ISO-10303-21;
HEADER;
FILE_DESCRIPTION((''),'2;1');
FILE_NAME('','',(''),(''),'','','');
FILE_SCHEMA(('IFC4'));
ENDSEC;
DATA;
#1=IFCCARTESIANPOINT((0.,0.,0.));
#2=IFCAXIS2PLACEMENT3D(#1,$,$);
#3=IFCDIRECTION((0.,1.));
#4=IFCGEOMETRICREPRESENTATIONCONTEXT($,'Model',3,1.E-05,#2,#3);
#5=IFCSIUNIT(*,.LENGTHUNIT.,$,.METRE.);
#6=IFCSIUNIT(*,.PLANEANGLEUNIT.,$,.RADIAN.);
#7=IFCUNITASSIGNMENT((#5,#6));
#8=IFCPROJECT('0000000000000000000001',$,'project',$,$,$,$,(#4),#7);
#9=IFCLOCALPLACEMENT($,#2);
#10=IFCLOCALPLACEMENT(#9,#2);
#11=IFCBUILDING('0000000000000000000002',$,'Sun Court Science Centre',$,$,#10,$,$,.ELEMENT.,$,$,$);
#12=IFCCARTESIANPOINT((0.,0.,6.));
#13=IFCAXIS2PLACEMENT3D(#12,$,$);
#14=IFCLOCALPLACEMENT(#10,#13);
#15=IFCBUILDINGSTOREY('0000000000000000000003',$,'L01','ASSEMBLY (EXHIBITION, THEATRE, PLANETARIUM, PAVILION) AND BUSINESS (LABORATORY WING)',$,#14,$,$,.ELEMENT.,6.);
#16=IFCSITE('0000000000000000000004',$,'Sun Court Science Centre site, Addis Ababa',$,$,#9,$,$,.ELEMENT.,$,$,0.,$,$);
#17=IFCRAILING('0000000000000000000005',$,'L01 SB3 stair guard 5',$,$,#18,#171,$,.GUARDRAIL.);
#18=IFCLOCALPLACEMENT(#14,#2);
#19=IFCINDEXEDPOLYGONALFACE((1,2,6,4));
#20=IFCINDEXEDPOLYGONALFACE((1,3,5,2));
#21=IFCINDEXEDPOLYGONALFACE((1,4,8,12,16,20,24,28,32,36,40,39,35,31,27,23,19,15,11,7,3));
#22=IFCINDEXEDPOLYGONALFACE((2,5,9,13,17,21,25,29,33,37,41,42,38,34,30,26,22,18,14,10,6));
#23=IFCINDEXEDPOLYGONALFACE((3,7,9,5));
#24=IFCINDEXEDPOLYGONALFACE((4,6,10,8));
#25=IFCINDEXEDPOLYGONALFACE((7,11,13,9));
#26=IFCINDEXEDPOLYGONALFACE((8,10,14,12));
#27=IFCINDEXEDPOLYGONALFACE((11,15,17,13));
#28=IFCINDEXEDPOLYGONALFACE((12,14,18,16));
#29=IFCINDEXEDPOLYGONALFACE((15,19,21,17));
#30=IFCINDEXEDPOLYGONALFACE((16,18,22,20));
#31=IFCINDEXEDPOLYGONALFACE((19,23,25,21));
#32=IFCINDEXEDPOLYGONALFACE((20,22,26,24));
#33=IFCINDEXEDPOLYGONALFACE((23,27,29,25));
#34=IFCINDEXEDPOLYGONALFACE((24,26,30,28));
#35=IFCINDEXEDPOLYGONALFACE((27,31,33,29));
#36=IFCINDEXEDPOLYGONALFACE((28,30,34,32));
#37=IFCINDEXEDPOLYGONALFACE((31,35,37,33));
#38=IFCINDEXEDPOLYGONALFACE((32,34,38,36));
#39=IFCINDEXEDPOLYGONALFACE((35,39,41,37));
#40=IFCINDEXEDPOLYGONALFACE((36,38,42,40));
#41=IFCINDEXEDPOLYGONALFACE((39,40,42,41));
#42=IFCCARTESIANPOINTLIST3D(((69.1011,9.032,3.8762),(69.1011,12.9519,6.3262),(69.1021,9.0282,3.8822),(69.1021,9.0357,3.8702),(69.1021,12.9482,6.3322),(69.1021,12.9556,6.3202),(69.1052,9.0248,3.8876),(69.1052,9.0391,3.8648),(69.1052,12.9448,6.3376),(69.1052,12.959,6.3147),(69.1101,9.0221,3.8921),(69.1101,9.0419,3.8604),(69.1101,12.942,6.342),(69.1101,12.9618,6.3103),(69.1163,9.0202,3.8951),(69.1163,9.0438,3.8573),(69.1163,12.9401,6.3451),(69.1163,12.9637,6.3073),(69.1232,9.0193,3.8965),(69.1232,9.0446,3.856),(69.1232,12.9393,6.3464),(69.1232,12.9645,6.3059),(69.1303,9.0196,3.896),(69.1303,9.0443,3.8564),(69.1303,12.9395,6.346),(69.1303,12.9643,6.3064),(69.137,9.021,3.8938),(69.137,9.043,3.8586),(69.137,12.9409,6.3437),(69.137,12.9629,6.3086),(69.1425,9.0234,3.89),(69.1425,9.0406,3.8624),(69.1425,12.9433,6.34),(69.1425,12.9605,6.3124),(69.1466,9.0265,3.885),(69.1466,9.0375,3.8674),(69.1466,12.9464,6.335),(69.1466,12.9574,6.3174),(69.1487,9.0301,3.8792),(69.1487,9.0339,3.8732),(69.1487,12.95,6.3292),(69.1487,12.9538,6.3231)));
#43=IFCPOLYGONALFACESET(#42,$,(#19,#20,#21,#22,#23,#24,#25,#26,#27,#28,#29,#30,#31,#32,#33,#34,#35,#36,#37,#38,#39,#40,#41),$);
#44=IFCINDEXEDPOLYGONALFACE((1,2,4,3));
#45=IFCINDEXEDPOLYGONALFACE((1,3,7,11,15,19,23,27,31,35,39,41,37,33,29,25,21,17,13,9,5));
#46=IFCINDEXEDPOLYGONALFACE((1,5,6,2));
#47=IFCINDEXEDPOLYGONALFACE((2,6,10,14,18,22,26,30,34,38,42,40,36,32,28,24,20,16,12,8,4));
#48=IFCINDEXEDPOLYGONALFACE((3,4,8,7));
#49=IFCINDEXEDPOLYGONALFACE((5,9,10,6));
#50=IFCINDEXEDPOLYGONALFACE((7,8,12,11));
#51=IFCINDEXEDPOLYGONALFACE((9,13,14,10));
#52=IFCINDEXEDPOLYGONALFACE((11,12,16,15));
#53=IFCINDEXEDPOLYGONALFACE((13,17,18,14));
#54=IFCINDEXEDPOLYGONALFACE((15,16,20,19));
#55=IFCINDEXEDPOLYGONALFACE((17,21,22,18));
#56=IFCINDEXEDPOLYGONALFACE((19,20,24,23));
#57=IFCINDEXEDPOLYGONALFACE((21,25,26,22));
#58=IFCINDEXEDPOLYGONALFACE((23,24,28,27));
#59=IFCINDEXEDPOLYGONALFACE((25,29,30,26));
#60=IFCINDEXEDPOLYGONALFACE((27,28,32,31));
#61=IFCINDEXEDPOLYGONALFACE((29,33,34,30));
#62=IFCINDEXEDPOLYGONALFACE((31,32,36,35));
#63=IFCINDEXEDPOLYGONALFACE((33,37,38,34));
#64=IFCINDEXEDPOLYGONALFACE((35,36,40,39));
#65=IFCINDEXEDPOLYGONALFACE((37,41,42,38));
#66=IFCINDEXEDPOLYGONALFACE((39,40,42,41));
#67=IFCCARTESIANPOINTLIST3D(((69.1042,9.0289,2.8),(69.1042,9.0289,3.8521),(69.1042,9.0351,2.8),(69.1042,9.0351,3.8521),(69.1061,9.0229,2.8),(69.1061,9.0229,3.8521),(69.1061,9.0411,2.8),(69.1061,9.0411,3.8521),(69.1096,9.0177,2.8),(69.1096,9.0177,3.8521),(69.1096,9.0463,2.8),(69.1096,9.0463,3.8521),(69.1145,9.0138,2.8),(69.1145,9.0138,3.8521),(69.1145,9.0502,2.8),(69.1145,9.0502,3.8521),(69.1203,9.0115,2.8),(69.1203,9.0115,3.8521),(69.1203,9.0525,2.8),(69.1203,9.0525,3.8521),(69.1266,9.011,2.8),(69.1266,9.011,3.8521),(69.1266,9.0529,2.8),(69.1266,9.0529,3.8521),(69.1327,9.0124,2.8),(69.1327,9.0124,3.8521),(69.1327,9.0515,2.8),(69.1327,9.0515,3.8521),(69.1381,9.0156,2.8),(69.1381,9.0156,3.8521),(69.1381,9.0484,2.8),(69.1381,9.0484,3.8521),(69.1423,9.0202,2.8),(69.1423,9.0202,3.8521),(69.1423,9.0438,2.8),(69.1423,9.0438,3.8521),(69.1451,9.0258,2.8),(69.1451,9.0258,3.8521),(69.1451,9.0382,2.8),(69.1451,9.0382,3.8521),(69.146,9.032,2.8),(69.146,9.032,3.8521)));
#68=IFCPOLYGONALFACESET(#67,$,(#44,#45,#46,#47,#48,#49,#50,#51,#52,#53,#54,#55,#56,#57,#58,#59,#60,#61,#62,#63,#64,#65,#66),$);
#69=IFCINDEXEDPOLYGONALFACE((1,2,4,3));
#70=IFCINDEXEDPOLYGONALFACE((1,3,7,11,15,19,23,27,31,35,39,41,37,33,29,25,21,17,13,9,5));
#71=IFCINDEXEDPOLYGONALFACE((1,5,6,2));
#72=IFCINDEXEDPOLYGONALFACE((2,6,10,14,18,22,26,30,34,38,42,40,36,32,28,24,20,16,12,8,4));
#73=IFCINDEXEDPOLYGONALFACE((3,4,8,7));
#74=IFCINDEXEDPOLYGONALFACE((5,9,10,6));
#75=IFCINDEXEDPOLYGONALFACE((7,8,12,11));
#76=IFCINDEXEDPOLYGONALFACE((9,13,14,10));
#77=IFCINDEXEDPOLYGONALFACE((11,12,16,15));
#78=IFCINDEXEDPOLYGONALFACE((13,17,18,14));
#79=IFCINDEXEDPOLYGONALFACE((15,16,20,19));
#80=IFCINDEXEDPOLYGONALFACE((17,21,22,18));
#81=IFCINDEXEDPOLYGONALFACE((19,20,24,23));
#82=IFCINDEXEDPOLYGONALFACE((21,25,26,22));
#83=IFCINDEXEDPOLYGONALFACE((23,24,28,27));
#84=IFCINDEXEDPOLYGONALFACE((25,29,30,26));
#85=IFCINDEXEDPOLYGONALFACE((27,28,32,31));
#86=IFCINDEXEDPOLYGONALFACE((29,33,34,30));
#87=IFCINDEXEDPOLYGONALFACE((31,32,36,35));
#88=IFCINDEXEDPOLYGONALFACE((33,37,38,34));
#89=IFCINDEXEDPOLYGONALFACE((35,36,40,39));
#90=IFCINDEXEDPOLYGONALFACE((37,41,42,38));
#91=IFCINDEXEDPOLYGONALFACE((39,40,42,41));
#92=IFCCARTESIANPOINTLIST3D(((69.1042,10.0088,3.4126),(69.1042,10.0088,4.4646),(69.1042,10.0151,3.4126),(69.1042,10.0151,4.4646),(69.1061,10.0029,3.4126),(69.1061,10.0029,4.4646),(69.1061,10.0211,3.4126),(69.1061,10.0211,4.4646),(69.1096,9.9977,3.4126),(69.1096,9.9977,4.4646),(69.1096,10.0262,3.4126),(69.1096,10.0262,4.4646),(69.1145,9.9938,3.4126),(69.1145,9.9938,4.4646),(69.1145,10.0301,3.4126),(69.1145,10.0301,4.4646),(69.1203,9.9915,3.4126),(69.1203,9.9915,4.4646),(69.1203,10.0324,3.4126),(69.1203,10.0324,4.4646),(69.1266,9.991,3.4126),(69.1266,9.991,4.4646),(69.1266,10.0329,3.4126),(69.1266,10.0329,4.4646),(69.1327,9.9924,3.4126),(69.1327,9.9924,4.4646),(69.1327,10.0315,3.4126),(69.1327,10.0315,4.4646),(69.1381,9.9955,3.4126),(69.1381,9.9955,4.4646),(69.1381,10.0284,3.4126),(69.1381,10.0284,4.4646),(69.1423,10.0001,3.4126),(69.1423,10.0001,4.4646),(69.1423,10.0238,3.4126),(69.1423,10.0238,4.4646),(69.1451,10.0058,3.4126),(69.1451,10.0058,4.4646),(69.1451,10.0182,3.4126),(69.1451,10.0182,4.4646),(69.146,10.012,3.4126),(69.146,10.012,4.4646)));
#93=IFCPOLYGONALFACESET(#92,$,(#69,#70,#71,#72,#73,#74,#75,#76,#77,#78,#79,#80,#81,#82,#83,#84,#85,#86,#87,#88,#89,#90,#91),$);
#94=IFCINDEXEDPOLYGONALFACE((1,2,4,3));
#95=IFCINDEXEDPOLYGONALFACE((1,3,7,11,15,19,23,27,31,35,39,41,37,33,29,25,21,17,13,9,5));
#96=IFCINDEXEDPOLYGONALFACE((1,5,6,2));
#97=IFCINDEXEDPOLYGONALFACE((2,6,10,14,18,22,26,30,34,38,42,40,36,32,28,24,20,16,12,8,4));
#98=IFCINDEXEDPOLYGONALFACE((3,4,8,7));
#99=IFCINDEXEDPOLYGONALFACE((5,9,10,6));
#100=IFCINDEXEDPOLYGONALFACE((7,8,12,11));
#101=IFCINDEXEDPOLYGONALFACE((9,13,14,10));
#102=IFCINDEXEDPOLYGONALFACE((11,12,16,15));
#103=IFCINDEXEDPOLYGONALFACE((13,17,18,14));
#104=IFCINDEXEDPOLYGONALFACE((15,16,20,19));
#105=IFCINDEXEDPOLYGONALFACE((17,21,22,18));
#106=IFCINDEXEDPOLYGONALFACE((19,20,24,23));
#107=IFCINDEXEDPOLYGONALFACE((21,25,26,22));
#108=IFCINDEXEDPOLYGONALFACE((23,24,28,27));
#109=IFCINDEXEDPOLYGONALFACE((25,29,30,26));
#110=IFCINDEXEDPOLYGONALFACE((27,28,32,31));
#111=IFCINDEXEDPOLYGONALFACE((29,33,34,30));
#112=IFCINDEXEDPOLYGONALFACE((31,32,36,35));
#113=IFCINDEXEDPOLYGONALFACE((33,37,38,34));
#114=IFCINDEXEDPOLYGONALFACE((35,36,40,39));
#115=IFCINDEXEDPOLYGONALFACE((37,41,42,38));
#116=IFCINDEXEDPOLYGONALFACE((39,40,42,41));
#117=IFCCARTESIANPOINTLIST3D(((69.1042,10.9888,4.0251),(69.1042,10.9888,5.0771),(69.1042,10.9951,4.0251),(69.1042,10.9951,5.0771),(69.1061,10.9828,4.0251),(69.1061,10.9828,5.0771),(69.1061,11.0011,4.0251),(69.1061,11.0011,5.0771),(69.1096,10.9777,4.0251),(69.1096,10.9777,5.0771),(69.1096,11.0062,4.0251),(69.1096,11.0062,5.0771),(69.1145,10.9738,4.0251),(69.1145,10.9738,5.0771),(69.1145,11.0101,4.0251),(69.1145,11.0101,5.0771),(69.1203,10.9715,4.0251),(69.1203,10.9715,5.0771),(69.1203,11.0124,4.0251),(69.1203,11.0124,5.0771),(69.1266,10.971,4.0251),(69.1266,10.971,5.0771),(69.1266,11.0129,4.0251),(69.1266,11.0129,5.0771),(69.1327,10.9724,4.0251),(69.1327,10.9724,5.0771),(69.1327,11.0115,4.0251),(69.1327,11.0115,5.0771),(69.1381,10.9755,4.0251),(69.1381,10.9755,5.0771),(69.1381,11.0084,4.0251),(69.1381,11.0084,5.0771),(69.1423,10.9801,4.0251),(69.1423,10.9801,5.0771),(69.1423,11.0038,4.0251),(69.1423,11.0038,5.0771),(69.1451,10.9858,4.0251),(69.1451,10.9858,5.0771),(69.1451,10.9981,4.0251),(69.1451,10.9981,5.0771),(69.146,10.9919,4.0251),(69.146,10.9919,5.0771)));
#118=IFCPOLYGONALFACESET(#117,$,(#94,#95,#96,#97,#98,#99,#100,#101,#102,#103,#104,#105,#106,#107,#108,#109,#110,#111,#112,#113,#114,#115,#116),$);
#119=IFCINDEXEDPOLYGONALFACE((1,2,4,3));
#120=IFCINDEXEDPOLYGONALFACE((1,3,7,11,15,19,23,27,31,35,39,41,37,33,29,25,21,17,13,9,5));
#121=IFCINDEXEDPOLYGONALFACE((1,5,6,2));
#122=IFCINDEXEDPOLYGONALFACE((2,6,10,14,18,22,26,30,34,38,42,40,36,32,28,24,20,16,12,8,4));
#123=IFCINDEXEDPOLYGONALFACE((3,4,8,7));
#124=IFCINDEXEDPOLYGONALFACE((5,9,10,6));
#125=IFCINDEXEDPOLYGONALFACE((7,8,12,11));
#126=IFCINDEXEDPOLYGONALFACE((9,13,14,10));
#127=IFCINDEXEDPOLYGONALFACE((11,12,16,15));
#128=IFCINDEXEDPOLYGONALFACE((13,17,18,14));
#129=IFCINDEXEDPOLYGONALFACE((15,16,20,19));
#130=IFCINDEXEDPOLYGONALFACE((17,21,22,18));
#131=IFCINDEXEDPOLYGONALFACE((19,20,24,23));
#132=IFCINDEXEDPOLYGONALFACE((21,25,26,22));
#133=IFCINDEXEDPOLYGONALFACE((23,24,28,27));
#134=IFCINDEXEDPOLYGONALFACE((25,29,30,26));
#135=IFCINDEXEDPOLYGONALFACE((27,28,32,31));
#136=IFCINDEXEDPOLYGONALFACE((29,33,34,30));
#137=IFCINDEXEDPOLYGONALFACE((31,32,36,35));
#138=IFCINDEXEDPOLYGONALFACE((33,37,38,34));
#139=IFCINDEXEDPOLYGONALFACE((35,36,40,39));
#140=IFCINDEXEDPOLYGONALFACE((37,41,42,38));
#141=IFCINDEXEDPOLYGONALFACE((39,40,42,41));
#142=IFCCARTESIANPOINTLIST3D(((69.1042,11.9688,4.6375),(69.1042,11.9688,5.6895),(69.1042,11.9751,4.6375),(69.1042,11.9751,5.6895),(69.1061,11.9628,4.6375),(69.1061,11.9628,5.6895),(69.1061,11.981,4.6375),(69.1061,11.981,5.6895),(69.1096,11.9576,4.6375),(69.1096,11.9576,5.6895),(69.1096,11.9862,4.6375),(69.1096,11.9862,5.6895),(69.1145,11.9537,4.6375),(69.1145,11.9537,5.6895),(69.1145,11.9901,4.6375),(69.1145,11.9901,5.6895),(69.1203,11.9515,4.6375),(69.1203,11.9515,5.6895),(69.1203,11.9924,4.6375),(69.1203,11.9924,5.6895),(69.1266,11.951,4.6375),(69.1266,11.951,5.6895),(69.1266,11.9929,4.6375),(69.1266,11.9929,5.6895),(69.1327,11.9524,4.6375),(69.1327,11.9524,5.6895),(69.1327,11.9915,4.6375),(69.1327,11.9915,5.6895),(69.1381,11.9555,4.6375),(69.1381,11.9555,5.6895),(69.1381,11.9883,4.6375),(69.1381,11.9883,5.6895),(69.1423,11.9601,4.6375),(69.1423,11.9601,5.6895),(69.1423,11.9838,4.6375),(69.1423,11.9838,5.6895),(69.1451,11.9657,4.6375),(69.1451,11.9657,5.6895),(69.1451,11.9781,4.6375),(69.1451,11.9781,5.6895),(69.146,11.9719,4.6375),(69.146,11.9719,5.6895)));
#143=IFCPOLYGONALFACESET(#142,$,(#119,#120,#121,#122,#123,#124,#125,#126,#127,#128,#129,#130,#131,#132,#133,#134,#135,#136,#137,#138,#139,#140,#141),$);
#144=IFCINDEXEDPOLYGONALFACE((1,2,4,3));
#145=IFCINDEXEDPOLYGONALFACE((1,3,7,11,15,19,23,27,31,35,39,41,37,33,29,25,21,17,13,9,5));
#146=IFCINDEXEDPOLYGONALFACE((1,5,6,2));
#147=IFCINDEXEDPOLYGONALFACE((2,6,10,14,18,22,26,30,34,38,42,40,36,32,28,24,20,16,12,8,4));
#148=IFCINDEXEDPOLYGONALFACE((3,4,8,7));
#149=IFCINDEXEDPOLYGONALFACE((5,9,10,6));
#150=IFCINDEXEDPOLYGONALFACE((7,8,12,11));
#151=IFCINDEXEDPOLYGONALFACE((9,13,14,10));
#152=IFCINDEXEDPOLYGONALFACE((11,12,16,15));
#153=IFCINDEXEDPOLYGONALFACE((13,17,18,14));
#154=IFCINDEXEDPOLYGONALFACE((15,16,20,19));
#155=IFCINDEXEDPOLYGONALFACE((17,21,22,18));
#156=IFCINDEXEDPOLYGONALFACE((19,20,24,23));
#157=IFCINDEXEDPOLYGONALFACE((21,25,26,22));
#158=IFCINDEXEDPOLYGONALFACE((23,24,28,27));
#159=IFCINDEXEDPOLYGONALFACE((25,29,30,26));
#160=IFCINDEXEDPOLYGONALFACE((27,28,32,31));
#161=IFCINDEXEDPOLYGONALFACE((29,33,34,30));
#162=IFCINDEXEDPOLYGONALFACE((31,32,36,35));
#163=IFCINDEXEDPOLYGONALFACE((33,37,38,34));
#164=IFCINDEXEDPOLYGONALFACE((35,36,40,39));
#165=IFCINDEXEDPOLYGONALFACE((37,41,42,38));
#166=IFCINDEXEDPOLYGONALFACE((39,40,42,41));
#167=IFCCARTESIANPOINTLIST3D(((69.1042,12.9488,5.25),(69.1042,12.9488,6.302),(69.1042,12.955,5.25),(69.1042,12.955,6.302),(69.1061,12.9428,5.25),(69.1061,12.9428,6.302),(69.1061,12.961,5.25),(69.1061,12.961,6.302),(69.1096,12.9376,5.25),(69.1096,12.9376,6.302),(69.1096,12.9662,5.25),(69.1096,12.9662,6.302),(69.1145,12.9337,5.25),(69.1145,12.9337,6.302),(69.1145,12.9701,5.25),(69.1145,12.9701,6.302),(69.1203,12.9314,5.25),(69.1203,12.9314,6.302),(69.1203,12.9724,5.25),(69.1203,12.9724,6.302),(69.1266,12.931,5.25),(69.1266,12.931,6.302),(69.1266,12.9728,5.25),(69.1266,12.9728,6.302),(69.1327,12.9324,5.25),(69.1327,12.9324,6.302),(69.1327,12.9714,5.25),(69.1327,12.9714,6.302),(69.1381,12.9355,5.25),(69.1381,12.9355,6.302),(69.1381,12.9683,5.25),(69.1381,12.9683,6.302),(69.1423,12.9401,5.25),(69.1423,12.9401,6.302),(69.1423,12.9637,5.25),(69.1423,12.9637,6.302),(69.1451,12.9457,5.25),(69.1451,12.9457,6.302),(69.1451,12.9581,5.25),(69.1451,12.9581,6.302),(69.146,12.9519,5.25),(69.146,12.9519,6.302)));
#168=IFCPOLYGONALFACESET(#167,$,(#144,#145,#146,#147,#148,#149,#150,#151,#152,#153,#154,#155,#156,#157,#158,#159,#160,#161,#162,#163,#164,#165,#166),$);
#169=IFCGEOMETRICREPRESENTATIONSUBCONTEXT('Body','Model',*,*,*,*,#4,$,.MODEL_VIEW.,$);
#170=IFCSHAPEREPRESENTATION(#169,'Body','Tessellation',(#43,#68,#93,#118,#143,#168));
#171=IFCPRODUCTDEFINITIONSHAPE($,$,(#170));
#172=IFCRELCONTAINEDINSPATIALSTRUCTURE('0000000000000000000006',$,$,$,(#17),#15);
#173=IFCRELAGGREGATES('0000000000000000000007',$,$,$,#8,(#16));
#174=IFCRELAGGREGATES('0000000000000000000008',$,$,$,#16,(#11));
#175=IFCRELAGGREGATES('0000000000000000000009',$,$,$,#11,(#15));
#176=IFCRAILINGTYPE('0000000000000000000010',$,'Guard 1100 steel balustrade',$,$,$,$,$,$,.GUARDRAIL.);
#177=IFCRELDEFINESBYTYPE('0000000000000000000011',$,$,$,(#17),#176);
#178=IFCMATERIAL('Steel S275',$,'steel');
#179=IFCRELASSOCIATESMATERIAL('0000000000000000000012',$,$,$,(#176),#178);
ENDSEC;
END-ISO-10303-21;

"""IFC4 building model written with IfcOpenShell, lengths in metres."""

from ifc_helpers import new_model, si_unit, direction, frame, origin, origin_2d, place, context, subcontext, project, spatial, circle, extrude, material, type_object, element, save


model = new_model("IFC4")

# Units and contexts
model_context = context("Model", 3, precision=1e-05, world=origin(), true_north=direction((0.0, 1.0)))
body_context = subcontext(model_context, "Body", "Model", "MODEL_VIEW")
ifc_project = project(units=[si_unit("LENGTHUNIT", "METRE"), si_unit("PLANEANGLEUNIT", "RADIAN")], contexts=[model_context])

# Site, building, storey
site_placement = place(None, origin())
site = spatial("IfcSite", under=ifc_project, at=site_placement, Name="Sun Court Science Centre site, Addis Ababa", CompositionType="ELEMENT", RefElevation=0.0)
building_placement = place(site_placement, origin())
building = spatial("IfcBuilding", under=site, at=building_placement, Name="Sun Court Science Centre", CompositionType="ELEMENT")
storey_placement = place(building_placement, frame((0.0, 0.0, 6.0)))
storey = spatial("IfcBuildingStorey", under=building, at=storey_placement, Name="L01", Description="ASSEMBLY (EXHIBITION, THEATRE, PLANETARIUM, PAVILION) AND BUSINESS (LABORATORY WING)", CompositionType="ELEMENT", Elevation=6.0)

# Railing
ifc_material_1 = material(Name="Steel S275", Category="steel")
railing_type_1 = type_object("IfcRailingType", Name="Guard 1100 steel balustrade", PredefinedType="GUARDRAIL", material=ifc_material_1)
railing_1_placement = place(storey_placement, frame((69.125, 9.032, 2.8)))
element("IfcRailing", 1, at=railing_1_placement, inside=storey, type_object=railing_type_1, Name="L01 SB3 stair guard 5", PredefinedType="GUARDRAIL", context=body_context, shape_type="SweptSolid", body=[
    extrude(circle(Radius=0.0239, at=origin_2d()), frame((0.0, 0.0, 1.0762), z_axis=(0.0, 0.847998, 0.529999), x_axis=(-1.0, 0.0, 0.0)), (0.0, 0.0, 1.0), 4.6226),
    extrude(circle(Radius=0.021, at=origin_2d()), origin(), (0.0, 0.0, 1.0), 1.052),
    extrude(circle(Radius=0.021, at=origin_2d()), frame((0.0, 0.98, 0.6125)), (0.0, 0.0, 1.0), 1.052),
    extrude(circle(Radius=0.021, at=origin_2d()), frame((0.0, 1.96, 1.2251)), (0.0, 0.0, 1.0), 1.052),
    extrude(circle(Radius=0.021, at=origin_2d()), frame((0.0, 2.9399, 1.8374)), (0.0, 0.0, 1.0), 1.052),
    extrude(circle(Radius=0.021, at=origin_2d()), frame((0.0, 3.9199, 2.45)), (0.0, 0.0, 1.0), 1.052),
])

save(model, "model.ifc")
